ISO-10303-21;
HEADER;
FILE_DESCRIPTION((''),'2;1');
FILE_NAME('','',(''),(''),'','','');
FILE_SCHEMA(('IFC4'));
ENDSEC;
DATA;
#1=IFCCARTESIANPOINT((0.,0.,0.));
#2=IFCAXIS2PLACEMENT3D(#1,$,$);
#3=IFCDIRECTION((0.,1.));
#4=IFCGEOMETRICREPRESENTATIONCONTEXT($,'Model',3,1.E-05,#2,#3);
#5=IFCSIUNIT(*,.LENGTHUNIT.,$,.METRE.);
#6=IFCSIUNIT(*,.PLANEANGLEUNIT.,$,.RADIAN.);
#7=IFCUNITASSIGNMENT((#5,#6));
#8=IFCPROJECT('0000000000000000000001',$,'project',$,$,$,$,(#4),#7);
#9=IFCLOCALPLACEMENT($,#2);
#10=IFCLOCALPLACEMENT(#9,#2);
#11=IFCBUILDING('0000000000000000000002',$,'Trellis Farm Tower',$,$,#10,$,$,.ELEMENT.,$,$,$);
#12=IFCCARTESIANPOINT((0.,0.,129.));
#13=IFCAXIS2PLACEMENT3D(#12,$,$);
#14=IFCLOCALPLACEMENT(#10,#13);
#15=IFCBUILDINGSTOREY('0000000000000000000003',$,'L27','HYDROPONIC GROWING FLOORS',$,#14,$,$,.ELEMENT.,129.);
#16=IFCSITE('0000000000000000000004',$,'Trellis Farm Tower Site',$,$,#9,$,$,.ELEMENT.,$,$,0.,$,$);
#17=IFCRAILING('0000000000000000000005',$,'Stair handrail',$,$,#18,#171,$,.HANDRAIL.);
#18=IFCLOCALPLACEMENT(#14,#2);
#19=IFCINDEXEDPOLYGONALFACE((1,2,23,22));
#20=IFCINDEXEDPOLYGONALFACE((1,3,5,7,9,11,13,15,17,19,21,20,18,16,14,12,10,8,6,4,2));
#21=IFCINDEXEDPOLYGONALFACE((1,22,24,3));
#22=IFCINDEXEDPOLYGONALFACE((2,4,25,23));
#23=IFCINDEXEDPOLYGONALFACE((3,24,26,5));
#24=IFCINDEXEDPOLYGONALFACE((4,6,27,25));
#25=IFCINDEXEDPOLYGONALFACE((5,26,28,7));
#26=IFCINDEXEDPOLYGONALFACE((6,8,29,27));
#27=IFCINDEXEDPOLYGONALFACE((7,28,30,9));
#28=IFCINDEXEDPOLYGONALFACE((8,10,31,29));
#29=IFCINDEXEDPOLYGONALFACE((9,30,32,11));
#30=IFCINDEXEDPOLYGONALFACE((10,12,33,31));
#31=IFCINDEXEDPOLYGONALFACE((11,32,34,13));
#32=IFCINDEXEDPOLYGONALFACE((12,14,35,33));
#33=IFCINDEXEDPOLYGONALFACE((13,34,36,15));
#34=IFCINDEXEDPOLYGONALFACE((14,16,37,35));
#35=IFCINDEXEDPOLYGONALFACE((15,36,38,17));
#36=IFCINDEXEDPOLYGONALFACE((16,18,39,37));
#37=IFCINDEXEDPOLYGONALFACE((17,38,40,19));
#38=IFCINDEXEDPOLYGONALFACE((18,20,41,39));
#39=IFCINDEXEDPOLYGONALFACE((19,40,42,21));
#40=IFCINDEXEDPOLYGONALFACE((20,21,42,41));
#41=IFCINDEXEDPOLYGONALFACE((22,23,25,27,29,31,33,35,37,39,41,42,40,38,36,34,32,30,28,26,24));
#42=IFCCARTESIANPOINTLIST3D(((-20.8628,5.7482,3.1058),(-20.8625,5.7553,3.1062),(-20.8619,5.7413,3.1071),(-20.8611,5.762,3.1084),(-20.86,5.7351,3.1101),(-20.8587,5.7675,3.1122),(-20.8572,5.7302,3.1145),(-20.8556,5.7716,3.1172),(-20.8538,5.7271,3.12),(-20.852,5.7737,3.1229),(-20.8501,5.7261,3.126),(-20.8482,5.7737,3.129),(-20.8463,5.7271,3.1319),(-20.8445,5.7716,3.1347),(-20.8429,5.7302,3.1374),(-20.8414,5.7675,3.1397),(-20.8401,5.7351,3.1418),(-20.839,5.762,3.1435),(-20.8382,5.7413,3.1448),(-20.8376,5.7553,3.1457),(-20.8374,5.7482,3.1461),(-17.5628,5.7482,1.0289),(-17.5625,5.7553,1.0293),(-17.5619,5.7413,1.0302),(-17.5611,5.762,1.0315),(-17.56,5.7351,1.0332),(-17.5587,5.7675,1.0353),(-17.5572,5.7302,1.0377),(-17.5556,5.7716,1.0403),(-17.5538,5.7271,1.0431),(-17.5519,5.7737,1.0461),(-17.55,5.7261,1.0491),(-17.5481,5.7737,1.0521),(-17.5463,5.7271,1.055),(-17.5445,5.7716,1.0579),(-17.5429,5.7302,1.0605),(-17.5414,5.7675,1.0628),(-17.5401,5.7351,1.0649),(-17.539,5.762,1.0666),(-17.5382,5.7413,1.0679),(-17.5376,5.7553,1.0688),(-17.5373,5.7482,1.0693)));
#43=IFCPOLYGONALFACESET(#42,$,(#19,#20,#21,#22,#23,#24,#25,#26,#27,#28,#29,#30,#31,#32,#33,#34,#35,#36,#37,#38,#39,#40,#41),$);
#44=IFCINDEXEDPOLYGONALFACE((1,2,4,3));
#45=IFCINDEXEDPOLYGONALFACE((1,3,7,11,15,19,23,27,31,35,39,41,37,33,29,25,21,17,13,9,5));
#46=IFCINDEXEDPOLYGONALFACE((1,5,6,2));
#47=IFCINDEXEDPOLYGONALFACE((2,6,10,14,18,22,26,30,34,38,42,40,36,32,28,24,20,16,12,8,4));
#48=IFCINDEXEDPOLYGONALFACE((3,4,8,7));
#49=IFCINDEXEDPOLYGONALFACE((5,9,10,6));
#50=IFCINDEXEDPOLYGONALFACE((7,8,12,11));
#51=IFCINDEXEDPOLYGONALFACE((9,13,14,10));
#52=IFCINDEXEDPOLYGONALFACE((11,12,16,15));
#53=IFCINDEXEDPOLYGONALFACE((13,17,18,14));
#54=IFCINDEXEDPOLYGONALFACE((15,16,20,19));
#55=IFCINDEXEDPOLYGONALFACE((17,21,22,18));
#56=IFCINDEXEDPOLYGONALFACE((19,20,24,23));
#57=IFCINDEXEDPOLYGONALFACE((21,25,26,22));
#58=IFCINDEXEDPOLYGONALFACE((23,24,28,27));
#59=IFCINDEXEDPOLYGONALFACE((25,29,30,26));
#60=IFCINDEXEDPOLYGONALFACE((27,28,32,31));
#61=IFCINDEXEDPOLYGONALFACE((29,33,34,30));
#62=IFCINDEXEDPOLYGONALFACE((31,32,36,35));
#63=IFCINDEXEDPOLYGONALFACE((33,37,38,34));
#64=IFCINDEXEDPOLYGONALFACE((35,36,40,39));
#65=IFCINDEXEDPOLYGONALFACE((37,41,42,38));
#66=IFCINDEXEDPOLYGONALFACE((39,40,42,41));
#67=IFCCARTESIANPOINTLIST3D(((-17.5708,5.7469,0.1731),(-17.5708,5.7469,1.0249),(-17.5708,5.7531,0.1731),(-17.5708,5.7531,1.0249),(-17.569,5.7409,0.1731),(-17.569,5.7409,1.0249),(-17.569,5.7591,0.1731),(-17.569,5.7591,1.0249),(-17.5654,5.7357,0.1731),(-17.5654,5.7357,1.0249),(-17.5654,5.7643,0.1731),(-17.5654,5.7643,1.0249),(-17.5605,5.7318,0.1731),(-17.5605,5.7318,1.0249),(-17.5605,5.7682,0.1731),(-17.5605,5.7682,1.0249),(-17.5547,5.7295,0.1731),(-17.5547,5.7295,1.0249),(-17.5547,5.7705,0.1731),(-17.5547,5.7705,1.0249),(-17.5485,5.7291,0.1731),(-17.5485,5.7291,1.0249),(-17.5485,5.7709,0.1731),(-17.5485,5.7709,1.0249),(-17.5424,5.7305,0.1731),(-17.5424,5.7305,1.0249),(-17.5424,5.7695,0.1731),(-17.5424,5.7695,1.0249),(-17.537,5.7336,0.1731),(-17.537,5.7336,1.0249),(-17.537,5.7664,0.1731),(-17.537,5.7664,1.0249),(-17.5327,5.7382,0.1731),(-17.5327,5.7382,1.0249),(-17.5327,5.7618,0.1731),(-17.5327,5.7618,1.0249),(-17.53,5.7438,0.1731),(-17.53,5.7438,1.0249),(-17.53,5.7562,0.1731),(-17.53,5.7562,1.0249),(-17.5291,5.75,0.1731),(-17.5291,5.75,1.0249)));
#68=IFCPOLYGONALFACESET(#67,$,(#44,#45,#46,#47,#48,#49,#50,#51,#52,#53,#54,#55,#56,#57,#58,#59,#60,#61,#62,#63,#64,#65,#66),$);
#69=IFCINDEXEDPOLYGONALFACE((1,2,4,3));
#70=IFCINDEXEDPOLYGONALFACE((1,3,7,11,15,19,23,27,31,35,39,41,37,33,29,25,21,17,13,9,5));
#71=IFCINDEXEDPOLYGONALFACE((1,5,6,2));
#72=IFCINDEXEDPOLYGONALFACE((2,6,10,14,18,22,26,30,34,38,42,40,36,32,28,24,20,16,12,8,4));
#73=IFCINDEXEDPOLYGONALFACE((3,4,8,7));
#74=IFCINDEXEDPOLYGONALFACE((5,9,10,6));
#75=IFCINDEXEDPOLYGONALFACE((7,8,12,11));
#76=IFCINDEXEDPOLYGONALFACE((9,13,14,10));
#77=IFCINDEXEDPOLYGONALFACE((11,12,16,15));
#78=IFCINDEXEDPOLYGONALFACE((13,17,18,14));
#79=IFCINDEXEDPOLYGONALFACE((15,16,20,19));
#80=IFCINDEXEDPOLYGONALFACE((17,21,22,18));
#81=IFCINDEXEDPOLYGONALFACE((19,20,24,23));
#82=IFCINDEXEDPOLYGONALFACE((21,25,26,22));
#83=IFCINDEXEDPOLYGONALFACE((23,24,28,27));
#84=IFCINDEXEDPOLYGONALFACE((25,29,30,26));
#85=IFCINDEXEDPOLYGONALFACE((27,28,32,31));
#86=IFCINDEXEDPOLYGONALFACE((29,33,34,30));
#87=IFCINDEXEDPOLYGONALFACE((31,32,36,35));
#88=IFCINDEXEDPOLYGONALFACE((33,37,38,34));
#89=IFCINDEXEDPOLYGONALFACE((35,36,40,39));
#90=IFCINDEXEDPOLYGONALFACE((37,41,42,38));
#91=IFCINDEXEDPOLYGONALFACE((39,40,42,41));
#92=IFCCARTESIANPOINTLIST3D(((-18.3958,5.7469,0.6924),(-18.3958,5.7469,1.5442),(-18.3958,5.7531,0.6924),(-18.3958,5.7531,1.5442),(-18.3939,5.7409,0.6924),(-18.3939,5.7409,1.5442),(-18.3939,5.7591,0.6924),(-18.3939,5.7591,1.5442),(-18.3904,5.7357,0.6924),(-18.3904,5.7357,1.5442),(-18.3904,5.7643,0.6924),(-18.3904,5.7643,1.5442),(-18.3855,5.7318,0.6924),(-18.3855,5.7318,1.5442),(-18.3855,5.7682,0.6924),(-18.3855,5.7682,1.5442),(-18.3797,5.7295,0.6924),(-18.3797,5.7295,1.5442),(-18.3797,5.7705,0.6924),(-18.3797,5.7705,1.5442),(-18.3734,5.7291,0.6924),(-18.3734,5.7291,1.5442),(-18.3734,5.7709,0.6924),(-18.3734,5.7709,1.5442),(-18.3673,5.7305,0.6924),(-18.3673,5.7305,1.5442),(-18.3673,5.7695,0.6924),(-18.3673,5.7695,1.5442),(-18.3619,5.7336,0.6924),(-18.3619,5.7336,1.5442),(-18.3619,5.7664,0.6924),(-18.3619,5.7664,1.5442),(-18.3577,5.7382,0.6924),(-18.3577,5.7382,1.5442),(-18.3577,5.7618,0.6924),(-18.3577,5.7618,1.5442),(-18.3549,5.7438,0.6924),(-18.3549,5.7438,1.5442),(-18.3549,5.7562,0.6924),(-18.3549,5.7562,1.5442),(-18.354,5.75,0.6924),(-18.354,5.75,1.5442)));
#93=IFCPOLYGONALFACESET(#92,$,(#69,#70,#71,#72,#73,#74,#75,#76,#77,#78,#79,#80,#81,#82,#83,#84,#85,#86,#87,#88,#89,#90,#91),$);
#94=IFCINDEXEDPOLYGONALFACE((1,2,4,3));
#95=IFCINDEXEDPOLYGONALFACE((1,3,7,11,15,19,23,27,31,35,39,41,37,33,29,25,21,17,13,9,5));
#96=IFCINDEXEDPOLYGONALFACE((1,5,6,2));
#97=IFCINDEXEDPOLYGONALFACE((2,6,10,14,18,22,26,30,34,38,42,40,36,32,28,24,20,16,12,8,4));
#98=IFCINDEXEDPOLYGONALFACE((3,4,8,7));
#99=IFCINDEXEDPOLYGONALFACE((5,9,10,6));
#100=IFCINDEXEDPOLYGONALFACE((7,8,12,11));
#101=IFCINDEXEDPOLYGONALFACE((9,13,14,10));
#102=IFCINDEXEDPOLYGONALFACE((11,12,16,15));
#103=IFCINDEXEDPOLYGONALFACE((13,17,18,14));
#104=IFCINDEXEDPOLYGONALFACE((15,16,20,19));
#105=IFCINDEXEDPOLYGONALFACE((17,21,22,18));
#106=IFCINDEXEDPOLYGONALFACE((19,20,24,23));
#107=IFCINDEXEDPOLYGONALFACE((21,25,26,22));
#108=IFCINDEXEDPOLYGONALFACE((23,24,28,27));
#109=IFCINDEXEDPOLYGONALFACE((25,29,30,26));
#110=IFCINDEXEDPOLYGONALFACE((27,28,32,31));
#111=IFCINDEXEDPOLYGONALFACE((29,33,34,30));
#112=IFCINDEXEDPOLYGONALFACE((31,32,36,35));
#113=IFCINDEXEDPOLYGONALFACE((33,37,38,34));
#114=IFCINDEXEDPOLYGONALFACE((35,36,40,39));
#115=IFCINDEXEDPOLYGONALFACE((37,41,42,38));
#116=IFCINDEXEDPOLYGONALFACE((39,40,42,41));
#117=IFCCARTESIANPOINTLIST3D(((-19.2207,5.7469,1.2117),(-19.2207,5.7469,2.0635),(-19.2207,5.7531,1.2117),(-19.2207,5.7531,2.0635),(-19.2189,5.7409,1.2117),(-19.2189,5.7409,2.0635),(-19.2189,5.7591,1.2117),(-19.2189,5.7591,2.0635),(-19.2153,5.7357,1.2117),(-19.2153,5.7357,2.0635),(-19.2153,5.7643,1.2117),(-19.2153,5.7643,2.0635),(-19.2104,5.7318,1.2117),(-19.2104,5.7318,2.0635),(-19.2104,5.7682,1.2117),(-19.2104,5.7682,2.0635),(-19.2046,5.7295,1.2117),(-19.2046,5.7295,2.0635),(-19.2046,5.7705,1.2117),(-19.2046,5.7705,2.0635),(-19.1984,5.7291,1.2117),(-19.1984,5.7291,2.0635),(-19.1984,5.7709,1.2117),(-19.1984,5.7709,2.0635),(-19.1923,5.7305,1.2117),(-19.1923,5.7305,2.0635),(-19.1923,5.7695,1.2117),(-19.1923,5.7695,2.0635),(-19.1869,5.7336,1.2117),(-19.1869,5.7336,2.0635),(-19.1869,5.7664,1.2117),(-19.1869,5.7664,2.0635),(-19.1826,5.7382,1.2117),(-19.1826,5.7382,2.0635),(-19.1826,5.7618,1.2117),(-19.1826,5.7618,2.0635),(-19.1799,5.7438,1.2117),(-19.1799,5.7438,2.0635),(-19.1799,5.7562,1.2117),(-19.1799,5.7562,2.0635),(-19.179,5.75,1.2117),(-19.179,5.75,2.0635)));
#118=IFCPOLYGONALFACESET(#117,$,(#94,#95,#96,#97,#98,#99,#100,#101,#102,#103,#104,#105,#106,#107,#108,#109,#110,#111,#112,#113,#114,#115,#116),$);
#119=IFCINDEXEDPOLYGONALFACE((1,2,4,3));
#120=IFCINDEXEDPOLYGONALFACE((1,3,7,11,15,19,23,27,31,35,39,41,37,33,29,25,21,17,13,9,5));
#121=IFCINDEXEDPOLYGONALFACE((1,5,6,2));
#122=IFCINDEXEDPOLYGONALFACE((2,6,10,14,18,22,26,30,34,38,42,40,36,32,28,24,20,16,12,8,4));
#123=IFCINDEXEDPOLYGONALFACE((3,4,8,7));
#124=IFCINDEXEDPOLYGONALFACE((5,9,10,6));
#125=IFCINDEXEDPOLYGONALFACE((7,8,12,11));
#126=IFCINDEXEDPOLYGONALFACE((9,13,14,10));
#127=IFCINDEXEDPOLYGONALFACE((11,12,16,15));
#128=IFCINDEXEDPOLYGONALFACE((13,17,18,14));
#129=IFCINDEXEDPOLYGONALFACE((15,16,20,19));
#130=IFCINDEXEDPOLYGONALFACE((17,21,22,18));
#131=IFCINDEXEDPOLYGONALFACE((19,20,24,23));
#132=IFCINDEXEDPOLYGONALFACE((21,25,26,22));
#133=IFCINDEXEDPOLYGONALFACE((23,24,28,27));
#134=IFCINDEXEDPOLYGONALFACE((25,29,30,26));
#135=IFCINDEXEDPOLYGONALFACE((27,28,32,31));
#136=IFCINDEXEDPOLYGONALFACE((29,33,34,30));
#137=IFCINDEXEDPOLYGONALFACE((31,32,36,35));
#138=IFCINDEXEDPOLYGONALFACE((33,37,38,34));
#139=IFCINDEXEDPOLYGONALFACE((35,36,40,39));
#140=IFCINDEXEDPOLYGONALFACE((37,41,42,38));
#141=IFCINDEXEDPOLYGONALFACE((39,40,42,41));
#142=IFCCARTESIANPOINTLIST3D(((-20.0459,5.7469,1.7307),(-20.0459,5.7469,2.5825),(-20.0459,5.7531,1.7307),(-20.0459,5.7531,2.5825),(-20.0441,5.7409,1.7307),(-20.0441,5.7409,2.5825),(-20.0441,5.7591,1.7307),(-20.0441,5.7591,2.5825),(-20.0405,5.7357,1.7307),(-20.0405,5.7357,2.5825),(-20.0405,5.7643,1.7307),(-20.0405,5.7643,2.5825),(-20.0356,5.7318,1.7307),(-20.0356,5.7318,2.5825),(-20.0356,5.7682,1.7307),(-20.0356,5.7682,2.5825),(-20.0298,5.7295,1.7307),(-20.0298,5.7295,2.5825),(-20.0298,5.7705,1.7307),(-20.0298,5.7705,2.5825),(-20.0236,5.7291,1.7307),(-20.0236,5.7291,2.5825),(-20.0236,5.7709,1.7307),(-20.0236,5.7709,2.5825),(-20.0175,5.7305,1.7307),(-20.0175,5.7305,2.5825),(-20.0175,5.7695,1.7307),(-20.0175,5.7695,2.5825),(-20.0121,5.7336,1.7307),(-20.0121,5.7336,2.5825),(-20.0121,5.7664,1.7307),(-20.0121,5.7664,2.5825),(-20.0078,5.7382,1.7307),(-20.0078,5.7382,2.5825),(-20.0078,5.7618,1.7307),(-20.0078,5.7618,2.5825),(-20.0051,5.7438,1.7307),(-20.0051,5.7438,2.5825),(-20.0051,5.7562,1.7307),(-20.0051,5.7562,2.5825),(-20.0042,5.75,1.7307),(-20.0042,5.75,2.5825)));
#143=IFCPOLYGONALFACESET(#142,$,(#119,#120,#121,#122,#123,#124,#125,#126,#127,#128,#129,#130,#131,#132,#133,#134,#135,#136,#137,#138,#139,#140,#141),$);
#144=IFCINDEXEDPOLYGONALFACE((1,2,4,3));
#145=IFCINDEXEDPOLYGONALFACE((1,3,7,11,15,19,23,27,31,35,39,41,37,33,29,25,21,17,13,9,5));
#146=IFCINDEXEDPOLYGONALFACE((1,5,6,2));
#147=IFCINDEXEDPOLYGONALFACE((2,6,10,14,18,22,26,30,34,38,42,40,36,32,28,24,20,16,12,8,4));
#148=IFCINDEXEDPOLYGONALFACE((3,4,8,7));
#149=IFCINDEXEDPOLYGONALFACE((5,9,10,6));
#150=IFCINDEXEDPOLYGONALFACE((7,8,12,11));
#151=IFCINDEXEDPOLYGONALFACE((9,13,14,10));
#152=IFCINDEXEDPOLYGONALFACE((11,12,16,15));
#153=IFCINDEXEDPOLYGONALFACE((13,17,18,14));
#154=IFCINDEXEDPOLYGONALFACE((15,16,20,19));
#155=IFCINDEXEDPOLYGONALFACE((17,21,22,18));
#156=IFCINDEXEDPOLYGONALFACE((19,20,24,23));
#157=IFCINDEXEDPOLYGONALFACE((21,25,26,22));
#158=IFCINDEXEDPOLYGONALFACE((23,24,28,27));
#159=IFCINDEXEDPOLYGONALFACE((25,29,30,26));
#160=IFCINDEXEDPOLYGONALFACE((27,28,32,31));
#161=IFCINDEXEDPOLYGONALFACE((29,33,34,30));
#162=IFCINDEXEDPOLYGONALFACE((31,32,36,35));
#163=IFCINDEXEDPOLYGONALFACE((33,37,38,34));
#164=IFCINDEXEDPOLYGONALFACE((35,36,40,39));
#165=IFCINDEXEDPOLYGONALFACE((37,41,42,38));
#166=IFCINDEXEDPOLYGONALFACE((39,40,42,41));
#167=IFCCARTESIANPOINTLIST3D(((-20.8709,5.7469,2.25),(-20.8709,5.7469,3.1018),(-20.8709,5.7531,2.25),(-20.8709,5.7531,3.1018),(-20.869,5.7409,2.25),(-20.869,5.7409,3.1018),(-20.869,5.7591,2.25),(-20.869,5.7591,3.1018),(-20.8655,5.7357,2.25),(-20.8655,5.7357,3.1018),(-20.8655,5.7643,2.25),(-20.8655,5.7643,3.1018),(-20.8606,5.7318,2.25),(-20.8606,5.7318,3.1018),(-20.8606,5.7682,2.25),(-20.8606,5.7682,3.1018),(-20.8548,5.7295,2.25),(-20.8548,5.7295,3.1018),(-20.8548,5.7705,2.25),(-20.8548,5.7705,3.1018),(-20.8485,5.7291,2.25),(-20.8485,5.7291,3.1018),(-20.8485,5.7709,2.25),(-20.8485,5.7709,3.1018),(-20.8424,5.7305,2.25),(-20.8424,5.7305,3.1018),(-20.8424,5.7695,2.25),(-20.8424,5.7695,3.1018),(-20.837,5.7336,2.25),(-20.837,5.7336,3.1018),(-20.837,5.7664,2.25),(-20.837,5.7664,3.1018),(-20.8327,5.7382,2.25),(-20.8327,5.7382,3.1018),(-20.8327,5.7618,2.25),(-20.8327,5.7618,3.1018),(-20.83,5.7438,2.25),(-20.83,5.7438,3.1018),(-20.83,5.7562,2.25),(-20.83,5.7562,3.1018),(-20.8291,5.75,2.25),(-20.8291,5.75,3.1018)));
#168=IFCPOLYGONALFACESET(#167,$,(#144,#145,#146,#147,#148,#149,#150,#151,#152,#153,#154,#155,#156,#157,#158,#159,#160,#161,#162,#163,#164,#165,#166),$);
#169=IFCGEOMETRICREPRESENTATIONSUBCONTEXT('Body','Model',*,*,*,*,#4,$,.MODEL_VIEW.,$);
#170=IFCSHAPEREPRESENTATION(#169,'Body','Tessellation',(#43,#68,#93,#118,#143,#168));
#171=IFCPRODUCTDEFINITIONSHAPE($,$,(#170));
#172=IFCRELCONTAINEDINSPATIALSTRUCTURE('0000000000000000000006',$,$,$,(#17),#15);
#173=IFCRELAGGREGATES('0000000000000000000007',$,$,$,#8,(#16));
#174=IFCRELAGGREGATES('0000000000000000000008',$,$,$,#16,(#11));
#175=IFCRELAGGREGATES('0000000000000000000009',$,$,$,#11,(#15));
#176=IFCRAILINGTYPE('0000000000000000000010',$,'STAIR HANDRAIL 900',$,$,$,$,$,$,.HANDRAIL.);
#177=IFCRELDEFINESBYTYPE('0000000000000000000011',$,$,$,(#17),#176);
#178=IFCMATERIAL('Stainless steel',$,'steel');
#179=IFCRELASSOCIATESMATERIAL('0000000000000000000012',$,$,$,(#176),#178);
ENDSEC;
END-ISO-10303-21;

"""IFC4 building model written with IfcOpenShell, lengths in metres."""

from ifc_helpers import new_model, si_unit, direction, frame, origin, origin_2d, place, context, subcontext, project, spatial, circle, extrude, source, transform, mapped, material, type_object, element, save


model = new_model("IFC4")

# Units and contexts
model_context = context("Model", 3, precision=1e-05, world=origin(), true_north=direction((0.0, 1.0)))
body_context = subcontext(model_context, "Body", "Model", "MODEL_VIEW")
ifc_project = project(units=[si_unit("LENGTHUNIT", "METRE"), si_unit("PLANEANGLEUNIT", "RADIAN")], contexts=[model_context])

# Site, building, storey
site_placement = place(None, origin())
site = spatial("IfcSite", under=ifc_project, at=site_placement, Name="Trellis Farm Tower Site", CompositionType="ELEMENT", RefElevation=0.0)
building_placement = place(site_placement, origin())
building = spatial("IfcBuilding", under=site, at=building_placement, Name="Trellis Farm Tower", CompositionType="ELEMENT")
storey_placement = place(building_placement, frame((0.0, 0.0, 129.0)))
storey = spatial("IfcBuildingStorey", under=building, at=storey_placement, Name="L27", Description="HYDROPONIC GROWING FLOORS", CompositionType="ELEMENT", Elevation=129.0)

# Railing
ifc_material_1 = material(Name="Stainless steel", Category="steel")
railing_type = type_object("IfcRailingType", Name="STAIR HANDRAIL 900", PredefinedType="HANDRAIL", material=ifc_material_1)
shared_shape_1 = source(origin(), body_context, "Body", "SweptSolid", [
    extrude(circle(Radius=0.0239, at=origin_2d()), frame((0.0, 0.0, 0.876), z_axis=(-0.846337, 0.0, 0.532647), x_axis=(0.0, -1.0, 0.0)), (0.0, 0.0, 1.0), 3.8992),
    extrude(circle(Radius=0.021, at=origin_2d()), origin(), (0.0, 0.0, 1.0), 0.8518),
    extrude(circle(Radius=0.021, at=origin_2d()), frame((-0.825, 0.0, 0.5193)), (0.0, 0.0, 1.0), 0.8518),
    extrude(circle(Radius=0.021, at=origin_2d()), frame((-1.6499, 0.0, 1.0386)), (0.0, 0.0, 1.0), 0.8518),
    extrude(circle(Radius=0.021, at=origin_2d()), frame((-2.4751, 0.0, 1.5576)), (0.0, 0.0, 1.0), 0.8518),
    extrude(circle(Radius=0.021, at=origin_2d()), frame((-3.3, 0.0, 2.0769)), (0.0, 0.0, 1.0), 0.8518),
])
for number, where, name in (
    (1, (-17.55, 5.75, 0.1731), "Stair handrail"),
):
    element("IfcRailing", number, at=place(storey_placement, frame(where)), inside=storey, type_object=railing_type, Name=name, PredefinedType="HANDRAIL", context=body_context, shape_type="MappedRepresentation", body=[
        mapped(shared_shape_1, transform((0.0, 0.0, 0.0))),
    ])

save(model, "model.ifc")
